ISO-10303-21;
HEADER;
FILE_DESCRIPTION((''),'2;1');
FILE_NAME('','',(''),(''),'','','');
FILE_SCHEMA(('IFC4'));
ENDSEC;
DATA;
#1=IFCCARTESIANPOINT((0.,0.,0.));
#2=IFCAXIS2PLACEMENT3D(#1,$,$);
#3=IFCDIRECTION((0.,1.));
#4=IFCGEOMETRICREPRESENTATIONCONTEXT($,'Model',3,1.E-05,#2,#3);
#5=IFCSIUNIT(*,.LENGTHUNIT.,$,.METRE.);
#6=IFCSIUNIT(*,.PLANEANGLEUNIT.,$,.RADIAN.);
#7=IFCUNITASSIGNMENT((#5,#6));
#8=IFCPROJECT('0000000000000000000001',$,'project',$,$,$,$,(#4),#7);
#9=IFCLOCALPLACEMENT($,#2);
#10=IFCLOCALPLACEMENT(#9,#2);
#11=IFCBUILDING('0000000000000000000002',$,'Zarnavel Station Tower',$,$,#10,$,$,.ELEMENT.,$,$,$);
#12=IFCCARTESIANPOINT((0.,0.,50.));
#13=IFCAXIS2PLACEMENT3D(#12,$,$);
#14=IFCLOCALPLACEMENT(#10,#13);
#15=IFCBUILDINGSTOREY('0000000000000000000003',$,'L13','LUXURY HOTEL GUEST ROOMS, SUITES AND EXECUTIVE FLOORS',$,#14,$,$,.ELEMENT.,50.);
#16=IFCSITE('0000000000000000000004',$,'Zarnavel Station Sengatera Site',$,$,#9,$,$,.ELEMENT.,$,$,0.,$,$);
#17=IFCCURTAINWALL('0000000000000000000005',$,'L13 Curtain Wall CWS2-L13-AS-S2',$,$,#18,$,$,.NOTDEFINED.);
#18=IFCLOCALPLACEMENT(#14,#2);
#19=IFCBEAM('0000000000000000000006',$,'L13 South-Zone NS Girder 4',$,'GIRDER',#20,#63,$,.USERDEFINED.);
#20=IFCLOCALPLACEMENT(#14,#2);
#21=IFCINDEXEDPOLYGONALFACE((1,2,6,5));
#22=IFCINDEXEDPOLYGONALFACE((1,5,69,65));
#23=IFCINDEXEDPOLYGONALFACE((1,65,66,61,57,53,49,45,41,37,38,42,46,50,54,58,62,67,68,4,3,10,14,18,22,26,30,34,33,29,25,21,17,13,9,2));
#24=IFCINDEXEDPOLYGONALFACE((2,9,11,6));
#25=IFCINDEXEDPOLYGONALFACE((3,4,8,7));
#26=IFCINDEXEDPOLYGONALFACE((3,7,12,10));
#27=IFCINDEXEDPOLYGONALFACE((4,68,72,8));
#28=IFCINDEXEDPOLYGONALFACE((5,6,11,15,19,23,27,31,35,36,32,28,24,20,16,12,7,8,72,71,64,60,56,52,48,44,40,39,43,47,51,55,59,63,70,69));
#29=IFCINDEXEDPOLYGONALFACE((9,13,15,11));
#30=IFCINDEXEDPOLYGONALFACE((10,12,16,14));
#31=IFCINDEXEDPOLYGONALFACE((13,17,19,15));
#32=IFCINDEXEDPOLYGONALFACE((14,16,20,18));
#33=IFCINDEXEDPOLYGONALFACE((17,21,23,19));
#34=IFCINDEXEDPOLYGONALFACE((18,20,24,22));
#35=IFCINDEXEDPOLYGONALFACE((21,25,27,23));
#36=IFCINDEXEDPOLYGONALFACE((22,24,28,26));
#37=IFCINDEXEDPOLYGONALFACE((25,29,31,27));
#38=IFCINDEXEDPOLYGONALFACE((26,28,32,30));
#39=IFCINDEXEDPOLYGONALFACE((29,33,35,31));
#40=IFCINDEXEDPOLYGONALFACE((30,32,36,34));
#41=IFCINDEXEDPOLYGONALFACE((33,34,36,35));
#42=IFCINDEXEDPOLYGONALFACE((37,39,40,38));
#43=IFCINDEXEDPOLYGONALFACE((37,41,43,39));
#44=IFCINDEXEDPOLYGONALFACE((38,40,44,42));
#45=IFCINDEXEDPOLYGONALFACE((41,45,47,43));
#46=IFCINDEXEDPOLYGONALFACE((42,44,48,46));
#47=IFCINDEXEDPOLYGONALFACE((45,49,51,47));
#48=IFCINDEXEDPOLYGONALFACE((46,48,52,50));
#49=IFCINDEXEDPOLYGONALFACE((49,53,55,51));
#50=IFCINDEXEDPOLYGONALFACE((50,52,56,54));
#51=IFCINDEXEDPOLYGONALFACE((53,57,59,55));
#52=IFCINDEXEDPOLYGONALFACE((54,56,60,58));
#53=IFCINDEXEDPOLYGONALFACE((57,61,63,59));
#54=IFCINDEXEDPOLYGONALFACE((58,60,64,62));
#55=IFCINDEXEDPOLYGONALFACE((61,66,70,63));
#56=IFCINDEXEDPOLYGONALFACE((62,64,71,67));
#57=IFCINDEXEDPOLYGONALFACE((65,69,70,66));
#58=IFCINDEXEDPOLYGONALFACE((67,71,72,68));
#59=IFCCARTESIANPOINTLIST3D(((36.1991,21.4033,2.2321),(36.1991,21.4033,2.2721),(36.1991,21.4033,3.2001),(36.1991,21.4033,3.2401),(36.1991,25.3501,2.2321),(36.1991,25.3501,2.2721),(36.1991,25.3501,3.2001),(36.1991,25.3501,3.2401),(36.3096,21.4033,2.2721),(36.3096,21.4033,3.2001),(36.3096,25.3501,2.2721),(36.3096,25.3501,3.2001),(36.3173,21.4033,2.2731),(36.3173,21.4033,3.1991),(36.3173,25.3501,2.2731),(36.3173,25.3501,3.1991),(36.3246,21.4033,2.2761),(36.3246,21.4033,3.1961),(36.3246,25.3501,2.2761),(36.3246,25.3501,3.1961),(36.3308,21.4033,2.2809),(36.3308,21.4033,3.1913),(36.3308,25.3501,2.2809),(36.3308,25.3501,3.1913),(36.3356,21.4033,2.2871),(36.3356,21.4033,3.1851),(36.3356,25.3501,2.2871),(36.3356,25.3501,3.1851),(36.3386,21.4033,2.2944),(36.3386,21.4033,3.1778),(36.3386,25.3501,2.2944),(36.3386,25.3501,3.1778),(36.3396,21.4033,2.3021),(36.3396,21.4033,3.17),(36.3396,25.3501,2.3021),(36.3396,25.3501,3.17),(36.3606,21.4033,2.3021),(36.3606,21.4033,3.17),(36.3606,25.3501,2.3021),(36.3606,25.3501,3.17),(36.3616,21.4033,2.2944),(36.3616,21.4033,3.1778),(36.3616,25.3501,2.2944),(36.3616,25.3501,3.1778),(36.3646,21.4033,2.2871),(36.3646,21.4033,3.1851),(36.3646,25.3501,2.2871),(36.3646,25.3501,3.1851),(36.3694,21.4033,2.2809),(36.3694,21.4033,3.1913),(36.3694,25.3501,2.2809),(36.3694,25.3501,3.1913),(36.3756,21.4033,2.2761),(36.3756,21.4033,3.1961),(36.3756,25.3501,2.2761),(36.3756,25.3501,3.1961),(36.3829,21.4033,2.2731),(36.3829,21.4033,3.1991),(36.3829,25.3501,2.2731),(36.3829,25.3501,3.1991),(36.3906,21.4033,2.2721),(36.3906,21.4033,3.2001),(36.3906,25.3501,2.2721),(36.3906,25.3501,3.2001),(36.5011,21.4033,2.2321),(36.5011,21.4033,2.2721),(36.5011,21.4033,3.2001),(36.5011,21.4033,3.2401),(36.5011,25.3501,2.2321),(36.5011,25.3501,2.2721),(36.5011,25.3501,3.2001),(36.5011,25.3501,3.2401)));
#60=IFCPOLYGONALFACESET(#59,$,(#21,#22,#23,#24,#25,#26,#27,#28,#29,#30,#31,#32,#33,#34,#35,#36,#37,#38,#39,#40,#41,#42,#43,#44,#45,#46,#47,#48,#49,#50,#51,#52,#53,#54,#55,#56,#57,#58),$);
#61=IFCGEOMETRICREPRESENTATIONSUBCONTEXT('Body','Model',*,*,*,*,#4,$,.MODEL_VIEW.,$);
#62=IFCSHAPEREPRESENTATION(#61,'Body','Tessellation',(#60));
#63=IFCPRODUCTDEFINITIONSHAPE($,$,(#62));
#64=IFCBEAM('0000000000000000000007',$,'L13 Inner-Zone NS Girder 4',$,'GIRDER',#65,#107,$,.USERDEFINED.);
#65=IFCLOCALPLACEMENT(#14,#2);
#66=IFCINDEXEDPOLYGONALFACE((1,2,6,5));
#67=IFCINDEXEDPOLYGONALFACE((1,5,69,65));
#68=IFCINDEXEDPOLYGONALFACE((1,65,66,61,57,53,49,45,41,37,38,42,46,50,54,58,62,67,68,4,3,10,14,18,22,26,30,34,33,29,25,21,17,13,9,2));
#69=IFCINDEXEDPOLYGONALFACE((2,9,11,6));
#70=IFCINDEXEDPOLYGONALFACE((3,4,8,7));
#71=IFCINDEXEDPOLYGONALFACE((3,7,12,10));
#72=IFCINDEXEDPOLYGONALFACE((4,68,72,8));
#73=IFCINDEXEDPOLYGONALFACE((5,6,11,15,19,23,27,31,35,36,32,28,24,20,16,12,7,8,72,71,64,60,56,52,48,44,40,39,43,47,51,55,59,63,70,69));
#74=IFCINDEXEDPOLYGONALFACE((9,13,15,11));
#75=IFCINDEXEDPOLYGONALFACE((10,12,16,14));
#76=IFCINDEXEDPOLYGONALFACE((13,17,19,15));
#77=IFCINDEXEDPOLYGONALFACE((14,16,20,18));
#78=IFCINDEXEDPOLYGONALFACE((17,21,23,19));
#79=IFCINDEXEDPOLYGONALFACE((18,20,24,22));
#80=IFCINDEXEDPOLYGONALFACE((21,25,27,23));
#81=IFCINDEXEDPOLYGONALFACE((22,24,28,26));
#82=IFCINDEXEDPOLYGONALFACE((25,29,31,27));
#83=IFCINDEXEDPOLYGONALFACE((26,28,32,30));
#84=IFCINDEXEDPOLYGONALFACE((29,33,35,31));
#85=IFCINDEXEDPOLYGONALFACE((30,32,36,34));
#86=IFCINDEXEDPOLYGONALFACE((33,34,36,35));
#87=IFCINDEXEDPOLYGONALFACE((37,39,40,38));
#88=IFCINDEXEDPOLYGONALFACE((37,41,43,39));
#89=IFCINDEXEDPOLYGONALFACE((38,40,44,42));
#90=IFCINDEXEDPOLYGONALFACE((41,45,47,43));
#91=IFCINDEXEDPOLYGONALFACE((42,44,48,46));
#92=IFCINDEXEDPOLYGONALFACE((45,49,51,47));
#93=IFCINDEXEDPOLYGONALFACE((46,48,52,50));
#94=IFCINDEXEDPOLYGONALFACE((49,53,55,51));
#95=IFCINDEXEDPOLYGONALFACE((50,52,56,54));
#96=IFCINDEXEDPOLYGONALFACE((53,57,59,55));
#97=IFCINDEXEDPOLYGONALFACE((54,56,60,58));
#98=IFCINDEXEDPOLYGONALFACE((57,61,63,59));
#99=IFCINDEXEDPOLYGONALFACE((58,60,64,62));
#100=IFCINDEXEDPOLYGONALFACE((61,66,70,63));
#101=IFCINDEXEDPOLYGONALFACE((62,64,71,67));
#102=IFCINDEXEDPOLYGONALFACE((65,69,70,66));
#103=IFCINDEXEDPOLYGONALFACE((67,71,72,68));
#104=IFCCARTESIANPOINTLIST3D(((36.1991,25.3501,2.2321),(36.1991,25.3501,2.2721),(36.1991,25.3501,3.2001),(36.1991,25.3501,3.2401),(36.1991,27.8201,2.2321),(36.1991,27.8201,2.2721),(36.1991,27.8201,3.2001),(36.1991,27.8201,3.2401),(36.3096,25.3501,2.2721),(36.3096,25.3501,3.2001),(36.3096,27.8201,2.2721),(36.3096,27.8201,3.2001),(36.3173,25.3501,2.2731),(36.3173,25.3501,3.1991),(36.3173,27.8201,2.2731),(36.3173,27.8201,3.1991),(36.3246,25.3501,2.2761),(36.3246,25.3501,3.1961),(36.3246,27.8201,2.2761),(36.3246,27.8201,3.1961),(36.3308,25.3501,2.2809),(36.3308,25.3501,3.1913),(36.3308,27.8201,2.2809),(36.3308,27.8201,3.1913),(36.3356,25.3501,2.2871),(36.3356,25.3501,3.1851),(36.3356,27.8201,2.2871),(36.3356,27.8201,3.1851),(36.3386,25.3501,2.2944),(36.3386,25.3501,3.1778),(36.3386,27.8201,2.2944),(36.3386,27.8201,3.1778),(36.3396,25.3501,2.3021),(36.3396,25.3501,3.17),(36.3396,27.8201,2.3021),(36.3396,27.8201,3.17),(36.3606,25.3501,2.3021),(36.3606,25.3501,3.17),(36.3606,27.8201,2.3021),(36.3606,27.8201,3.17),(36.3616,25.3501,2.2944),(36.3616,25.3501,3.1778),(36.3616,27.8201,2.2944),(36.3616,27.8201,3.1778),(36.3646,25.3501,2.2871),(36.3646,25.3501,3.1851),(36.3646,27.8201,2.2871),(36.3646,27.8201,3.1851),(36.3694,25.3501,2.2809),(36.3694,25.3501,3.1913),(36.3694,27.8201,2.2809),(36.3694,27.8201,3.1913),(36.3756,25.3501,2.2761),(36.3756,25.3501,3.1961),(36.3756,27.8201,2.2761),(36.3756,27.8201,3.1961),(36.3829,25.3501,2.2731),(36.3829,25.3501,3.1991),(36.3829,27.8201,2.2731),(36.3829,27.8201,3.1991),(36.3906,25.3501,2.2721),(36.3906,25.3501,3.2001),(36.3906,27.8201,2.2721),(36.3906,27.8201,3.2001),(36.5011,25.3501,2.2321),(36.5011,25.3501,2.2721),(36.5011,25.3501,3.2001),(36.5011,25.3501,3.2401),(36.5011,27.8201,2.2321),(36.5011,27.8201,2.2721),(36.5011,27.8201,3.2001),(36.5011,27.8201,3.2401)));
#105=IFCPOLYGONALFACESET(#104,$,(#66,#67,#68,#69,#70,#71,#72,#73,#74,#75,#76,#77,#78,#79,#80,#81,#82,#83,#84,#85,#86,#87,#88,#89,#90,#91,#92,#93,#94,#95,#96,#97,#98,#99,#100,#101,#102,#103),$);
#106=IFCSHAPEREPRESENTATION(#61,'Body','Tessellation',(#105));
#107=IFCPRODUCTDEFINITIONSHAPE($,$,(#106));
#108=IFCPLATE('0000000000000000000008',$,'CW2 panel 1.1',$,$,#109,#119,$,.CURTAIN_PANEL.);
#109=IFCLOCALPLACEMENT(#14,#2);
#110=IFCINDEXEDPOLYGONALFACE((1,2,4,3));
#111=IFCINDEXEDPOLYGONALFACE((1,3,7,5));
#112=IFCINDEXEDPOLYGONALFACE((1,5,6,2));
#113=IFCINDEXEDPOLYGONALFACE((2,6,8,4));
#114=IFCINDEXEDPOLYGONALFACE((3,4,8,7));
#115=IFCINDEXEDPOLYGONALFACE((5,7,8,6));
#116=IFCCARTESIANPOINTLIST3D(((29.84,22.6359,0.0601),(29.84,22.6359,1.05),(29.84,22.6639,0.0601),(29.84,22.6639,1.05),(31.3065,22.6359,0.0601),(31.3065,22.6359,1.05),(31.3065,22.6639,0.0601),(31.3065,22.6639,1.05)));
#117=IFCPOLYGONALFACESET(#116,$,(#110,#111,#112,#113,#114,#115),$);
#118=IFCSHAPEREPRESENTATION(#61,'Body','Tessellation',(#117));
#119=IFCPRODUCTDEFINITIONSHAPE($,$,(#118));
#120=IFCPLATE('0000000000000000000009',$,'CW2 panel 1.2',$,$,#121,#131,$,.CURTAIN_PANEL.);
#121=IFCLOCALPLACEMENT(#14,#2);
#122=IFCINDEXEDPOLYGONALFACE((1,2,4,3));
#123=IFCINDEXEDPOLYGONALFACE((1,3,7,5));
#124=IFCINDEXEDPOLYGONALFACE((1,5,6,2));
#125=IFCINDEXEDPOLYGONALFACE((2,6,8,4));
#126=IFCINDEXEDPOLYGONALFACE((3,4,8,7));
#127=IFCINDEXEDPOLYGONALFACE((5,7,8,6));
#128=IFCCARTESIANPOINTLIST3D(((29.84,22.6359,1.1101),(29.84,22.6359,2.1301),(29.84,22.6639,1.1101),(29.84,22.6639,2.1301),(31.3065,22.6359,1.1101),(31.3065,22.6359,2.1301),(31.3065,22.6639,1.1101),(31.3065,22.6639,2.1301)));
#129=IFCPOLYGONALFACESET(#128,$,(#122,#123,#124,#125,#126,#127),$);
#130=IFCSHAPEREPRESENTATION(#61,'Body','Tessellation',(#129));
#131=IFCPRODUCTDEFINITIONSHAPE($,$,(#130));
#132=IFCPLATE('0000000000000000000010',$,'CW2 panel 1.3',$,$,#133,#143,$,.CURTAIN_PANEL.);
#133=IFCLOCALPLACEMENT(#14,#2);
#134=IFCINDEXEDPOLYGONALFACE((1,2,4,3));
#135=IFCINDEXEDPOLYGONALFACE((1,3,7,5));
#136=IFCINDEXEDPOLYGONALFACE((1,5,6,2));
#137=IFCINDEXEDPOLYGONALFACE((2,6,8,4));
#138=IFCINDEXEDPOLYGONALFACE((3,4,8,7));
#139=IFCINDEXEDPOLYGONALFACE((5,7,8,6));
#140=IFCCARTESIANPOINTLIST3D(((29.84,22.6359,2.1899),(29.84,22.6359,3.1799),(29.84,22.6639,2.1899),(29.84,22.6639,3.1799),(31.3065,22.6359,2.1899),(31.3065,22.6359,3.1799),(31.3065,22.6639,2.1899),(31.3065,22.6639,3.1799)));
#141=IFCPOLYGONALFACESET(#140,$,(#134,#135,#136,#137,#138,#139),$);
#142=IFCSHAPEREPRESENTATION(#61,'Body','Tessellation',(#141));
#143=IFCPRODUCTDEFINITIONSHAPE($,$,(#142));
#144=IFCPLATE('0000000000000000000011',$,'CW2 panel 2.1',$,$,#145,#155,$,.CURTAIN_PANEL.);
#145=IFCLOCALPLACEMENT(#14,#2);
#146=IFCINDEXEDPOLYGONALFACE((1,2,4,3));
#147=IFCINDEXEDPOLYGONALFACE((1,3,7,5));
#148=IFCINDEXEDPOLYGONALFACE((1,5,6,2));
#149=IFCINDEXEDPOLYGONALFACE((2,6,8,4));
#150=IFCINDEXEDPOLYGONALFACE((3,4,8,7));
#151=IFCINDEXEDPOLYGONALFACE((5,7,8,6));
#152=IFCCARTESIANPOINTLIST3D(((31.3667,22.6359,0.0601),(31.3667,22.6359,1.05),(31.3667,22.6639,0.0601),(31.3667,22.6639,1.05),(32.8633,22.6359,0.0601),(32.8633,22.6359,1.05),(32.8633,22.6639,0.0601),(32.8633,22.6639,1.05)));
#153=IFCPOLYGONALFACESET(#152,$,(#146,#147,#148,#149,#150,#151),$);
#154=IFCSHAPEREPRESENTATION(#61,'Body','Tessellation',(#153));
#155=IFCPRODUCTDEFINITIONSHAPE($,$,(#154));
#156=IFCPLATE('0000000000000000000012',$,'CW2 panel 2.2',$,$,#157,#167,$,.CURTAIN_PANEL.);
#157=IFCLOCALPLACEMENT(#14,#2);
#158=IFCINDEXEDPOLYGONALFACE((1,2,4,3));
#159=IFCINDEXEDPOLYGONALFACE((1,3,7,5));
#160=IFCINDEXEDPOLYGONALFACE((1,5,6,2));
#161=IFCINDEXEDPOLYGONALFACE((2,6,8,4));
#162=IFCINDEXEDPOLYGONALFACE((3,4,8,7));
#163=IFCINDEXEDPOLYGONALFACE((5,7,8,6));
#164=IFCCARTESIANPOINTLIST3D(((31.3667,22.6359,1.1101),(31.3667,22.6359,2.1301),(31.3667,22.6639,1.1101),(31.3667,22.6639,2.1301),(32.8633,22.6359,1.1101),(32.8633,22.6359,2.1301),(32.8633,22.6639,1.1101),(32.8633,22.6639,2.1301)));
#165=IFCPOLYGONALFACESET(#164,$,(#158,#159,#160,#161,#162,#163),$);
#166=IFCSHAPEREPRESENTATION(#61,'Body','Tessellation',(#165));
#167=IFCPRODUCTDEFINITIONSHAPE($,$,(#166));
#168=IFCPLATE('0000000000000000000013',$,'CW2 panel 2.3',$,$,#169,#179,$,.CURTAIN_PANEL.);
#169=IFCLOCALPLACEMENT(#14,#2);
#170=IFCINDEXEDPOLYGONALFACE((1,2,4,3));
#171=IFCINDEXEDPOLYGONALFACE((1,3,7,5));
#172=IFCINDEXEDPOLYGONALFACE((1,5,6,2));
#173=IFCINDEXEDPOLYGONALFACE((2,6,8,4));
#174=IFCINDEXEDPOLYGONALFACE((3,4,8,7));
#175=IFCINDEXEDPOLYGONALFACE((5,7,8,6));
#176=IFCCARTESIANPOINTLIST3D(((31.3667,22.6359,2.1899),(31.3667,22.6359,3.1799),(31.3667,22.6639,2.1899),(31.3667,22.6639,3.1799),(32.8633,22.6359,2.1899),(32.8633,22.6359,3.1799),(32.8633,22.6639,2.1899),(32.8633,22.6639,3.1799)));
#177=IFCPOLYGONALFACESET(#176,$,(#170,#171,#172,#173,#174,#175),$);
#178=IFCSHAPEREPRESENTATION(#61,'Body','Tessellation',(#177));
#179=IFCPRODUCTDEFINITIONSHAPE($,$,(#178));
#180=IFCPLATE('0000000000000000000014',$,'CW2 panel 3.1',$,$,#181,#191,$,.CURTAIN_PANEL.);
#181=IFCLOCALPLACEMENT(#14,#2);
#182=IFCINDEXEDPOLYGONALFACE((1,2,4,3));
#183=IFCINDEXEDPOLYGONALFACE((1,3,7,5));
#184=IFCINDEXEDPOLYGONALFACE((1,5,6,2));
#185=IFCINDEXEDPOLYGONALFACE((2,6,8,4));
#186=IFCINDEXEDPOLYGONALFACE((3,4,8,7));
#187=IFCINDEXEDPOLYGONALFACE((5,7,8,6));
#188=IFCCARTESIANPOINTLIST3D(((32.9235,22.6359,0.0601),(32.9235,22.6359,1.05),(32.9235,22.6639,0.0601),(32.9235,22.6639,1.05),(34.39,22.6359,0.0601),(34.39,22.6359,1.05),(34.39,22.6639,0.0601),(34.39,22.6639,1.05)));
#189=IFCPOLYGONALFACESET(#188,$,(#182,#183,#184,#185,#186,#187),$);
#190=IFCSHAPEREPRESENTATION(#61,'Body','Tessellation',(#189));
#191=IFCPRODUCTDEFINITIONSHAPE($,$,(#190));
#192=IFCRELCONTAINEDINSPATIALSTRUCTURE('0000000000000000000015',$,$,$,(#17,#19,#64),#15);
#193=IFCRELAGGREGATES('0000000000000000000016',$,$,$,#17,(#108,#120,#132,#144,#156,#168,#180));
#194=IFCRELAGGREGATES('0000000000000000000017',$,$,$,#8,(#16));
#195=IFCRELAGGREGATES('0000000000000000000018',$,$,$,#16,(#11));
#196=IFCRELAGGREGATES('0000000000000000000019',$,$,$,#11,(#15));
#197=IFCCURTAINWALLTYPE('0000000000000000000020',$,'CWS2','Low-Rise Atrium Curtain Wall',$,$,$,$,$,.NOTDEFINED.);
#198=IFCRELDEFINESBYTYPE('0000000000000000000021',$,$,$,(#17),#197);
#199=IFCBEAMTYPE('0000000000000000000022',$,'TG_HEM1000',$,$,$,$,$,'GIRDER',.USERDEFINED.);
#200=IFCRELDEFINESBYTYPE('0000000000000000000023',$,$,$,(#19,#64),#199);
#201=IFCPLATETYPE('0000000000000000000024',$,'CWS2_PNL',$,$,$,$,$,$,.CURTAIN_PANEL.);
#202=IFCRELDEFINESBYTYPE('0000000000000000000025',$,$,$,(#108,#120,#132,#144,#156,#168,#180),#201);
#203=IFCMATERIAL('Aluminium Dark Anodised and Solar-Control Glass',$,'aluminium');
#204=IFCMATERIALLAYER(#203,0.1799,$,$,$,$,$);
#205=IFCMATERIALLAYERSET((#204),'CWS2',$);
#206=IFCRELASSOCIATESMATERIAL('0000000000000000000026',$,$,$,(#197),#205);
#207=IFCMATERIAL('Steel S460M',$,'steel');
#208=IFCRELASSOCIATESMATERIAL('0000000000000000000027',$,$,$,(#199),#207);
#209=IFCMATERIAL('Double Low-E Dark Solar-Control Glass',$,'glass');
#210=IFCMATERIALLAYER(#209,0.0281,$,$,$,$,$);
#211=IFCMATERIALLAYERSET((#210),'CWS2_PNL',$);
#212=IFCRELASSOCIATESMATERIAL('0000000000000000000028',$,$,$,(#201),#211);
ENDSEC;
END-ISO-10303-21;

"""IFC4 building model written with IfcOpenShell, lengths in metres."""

from ifc_helpers import new_model, si_unit, direction, frame, origin, origin_2d, place, context, subcontext, project, spatial, rectangle, i_section, extrude, material, layer, layer_set, material_profile, profile_set, type_object, element, aggregate, save


model = new_model("IFC4")

# Units and contexts
model_context = context("Model", 3, precision=1e-05, world=origin(), true_north=direction((0.0, 1.0)))
body_context = subcontext(model_context, "Body", "Model", "MODEL_VIEW")
ifc_project = project(units=[si_unit("LENGTHUNIT", "METRE"), si_unit("PLANEANGLEUNIT", "RADIAN")], contexts=[model_context])

# Site, building, storey
site_placement = place(None, origin())
site = spatial("IfcSite", under=ifc_project, at=site_placement, Name="Zarnavel Station Sengatera Site", CompositionType="ELEMENT", RefElevation=0.0)
building_placement = place(site_placement, origin())
building = spatial("IfcBuilding", under=site, at=building_placement, Name="Zarnavel Station Tower", CompositionType="ELEMENT")
storey_placement = place(building_placement, frame((0.0, 0.0, 50.0)))
storey = spatial("IfcBuildingStorey", under=building, at=storey_placement, Name="L13", Description="LUXURY HOTEL GUEST ROOMS, SUITES AND EXECUTIVE FLOORS", CompositionType="ELEMENT", Elevation=50.0)

# Curtain wall
ifc_material_1 = material(Name="Aluminium Dark Anodised and Solar-Control Glass", Category="aluminium")
ifc_layer_1 = layer(ifc_material_1, 0.1799)
ifc_layer_set_1 = layer_set([ifc_layer_1], Name="CWS2")
curtain_wall_type = type_object("IfcCurtainWallType", Name="CWS2", Description="Low-Rise Atrium Curtain Wall", PredefinedType="NOTDEFINED", material=ifc_layer_set_1)
curtain_wall_placement = place(storey_placement, origin())
curtain_wall = element("IfcCurtainWall", 1, at=curtain_wall_placement, inside=storey, type_object=curtain_wall_type, Name="L13 Curtain Wall CWS2-L13-AS-S2", PredefinedType="NOTDEFINED")

# Beams
ifc_material_2 = material(Name="Steel S460M", Category="steel")
ifc_material_profile_1 = material_profile(ifc_material_2, i_section(OverallWidth=0.302, OverallDepth=1.0081, WebThickness=0.021, FlangeThickness=0.04, FilletRadius=0.03, at=origin_2d()), Name="HEM1000")
ifc_profile_set_1 = profile_set([ifc_material_profile_1], Name="Steel S460M")
beam_type_1 = type_object("IfcBeamType", Name="TG_HEM1000", ElementType="GIRDER", PredefinedType="USERDEFINED", material=ifc_profile_set_1)
beam_1_placement = place(storey_placement, frame((36.3501, 21.4033, 2.7361), z_axis=(0.0, 1.0, 0.0), x_axis=(-1.0, 0.0, 0.0)))
element("IfcBeam", 2, at=beam_1_placement, inside=storey, type_object=beam_type_1, Name="L13 South-Zone NS Girder 4", ObjectType="GIRDER", PredefinedType="USERDEFINED", context=body_context, shape_type="SweptSolid", body=[
    extrude(i_section(OverallWidth=0.302, OverallDepth=1.0081, WebThickness=0.021, FlangeThickness=0.04, FilletRadius=0.03, at=origin_2d()), origin(), (0.0, 0.0, 1.0), 3.9468),
])
beam_2_placement = place(storey_placement, frame((36.3501, 25.3501, 2.7361), z_axis=(0.0, 1.0, 0.0), x_axis=(-1.0, 0.0, 0.0)))
element("IfcBeam", 3, at=beam_2_placement, inside=storey, type_object=beam_type_1, Name="L13 Inner-Zone NS Girder 4", ObjectType="GIRDER", PredefinedType="USERDEFINED", context=body_context, shape_type="SweptSolid", body=[
    extrude(i_section(OverallWidth=0.302, OverallDepth=1.0081, WebThickness=0.021, FlangeThickness=0.04, FilletRadius=0.03, at=origin_2d()), origin(), (0.0, 0.0, 1.0), 2.47),
])

# Plates
ifc_material_3 = material(Name="Double Low-E Dark Solar-Control Glass", Category="glass")
ifc_layer_2 = layer(ifc_material_3, 0.0281)
ifc_layer_set_2 = layer_set([ifc_layer_2], Name="CWS2_PNL")
plate_type_1 = type_object("IfcPlateType", Name="CWS2_PNL", PredefinedType="CURTAIN_PANEL", material=ifc_layer_set_2)
plate_1_placement = place(storey_placement, frame((30.5732, 22.6499, 0.0601), z_axis=(0.0, 0.0, 1.0), x_axis=(1.0, 0.0, 0.0)))
plate_1 = element("IfcPlate", 4, at=plate_1_placement, type_object=plate_type_1, Name="CW2 panel 1.1", PredefinedType="CURTAIN_PANEL", context=body_context, shape_type="SweptSolid", body=[
    extrude(rectangle(XDim=1.4666, YDim=0.0281, at=origin_2d()), origin(), (0.0, 0.0, 1.0), 0.99),
])
plate_2_placement = place(storey_placement, frame((30.5732, 22.6499, 1.1101), z_axis=(0.0, 0.0, 1.0), x_axis=(1.0, 0.0, 0.0)))
plate_2 = element("IfcPlate", 5, at=plate_2_placement, type_object=plate_type_1, Name="CW2 panel 1.2", PredefinedType="CURTAIN_PANEL", context=body_context, shape_type="SweptSolid", body=[
    extrude(rectangle(XDim=1.4666, YDim=0.0281, at=origin_2d()), origin(), (0.0, 0.0, 1.0), 1.02),
])
plate_3_placement = place(storey_placement, frame((30.5732, 22.6499, 2.1899), z_axis=(0.0, 0.0, 1.0), x_axis=(1.0, 0.0, 0.0)))
plate_3 = element("IfcPlate", 6, at=plate_3_placement, type_object=plate_type_1, Name="CW2 panel 1.3", PredefinedType="CURTAIN_PANEL", context=body_context, shape_type="SweptSolid", body=[
    extrude(rectangle(XDim=1.4666, YDim=0.0281, at=origin_2d()), origin(), (0.0, 0.0, 1.0), 0.99),
])
plate_4_placement = place(storey_placement, frame((32.115, 22.6499, 0.0601), z_axis=(0.0, 0.0, 1.0), x_axis=(1.0, 0.0, 0.0)))
plate_4 = element("IfcPlate", 7, at=plate_4_placement, type_object=plate_type_1, Name="CW2 panel 2.1", PredefinedType="CURTAIN_PANEL", context=body_context, shape_type="SweptSolid", body=[
    extrude(rectangle(XDim=1.4966, YDim=0.0281, at=origin_2d()), origin(), (0.0, 0.0, 1.0), 0.99),
])
plate_5_placement = place(storey_placement, frame((32.115, 22.6499, 1.1101), z_axis=(0.0, 0.0, 1.0), x_axis=(1.0, 0.0, 0.0)))
plate_5 = element("IfcPlate", 8, at=plate_5_placement, type_object=plate_type_1, Name="CW2 panel 2.2", PredefinedType="CURTAIN_PANEL", context=body_context, shape_type="SweptSolid", body=[
    extrude(rectangle(XDim=1.4966, YDim=0.0281, at=origin_2d()), origin(), (0.0, 0.0, 1.0), 1.02),
])
plate_6_placement = place(storey_placement, frame((32.115, 22.6499, 2.1899), z_axis=(0.0, 0.0, 1.0), x_axis=(1.0, 0.0, 0.0)))
plate_6 = element("IfcPlate", 9, at=plate_6_placement, type_object=plate_type_1, Name="CW2 panel 2.3", PredefinedType="CURTAIN_PANEL", context=body_context, shape_type="SweptSolid", body=[
    extrude(rectangle(XDim=1.4966, YDim=0.0281, at=origin_2d()), origin(), (0.0, 0.0, 1.0), 0.99),
])
plate_7_placement = place(storey_placement, frame((33.6567, 22.6499, 0.0601), z_axis=(0.0, 0.0, 1.0), x_axis=(1.0, 0.0, 0.0)))
plate_7 = element("IfcPlate", 10, at=plate_7_placement, type_object=plate_type_1, Name="CW2 panel 3.1", PredefinedType="CURTAIN_PANEL", context=body_context, shape_type="SweptSolid", body=[
    extrude(rectangle(XDim=1.4666, YDim=0.0281, at=origin_2d()), origin(), (0.0, 0.0, 1.0), 0.99),
])
aggregate(curtain_wall, [plate_1, plate_2, plate_3, plate_4, plate_5, plate_6, plate_7])

save(model, "model.ifc")
